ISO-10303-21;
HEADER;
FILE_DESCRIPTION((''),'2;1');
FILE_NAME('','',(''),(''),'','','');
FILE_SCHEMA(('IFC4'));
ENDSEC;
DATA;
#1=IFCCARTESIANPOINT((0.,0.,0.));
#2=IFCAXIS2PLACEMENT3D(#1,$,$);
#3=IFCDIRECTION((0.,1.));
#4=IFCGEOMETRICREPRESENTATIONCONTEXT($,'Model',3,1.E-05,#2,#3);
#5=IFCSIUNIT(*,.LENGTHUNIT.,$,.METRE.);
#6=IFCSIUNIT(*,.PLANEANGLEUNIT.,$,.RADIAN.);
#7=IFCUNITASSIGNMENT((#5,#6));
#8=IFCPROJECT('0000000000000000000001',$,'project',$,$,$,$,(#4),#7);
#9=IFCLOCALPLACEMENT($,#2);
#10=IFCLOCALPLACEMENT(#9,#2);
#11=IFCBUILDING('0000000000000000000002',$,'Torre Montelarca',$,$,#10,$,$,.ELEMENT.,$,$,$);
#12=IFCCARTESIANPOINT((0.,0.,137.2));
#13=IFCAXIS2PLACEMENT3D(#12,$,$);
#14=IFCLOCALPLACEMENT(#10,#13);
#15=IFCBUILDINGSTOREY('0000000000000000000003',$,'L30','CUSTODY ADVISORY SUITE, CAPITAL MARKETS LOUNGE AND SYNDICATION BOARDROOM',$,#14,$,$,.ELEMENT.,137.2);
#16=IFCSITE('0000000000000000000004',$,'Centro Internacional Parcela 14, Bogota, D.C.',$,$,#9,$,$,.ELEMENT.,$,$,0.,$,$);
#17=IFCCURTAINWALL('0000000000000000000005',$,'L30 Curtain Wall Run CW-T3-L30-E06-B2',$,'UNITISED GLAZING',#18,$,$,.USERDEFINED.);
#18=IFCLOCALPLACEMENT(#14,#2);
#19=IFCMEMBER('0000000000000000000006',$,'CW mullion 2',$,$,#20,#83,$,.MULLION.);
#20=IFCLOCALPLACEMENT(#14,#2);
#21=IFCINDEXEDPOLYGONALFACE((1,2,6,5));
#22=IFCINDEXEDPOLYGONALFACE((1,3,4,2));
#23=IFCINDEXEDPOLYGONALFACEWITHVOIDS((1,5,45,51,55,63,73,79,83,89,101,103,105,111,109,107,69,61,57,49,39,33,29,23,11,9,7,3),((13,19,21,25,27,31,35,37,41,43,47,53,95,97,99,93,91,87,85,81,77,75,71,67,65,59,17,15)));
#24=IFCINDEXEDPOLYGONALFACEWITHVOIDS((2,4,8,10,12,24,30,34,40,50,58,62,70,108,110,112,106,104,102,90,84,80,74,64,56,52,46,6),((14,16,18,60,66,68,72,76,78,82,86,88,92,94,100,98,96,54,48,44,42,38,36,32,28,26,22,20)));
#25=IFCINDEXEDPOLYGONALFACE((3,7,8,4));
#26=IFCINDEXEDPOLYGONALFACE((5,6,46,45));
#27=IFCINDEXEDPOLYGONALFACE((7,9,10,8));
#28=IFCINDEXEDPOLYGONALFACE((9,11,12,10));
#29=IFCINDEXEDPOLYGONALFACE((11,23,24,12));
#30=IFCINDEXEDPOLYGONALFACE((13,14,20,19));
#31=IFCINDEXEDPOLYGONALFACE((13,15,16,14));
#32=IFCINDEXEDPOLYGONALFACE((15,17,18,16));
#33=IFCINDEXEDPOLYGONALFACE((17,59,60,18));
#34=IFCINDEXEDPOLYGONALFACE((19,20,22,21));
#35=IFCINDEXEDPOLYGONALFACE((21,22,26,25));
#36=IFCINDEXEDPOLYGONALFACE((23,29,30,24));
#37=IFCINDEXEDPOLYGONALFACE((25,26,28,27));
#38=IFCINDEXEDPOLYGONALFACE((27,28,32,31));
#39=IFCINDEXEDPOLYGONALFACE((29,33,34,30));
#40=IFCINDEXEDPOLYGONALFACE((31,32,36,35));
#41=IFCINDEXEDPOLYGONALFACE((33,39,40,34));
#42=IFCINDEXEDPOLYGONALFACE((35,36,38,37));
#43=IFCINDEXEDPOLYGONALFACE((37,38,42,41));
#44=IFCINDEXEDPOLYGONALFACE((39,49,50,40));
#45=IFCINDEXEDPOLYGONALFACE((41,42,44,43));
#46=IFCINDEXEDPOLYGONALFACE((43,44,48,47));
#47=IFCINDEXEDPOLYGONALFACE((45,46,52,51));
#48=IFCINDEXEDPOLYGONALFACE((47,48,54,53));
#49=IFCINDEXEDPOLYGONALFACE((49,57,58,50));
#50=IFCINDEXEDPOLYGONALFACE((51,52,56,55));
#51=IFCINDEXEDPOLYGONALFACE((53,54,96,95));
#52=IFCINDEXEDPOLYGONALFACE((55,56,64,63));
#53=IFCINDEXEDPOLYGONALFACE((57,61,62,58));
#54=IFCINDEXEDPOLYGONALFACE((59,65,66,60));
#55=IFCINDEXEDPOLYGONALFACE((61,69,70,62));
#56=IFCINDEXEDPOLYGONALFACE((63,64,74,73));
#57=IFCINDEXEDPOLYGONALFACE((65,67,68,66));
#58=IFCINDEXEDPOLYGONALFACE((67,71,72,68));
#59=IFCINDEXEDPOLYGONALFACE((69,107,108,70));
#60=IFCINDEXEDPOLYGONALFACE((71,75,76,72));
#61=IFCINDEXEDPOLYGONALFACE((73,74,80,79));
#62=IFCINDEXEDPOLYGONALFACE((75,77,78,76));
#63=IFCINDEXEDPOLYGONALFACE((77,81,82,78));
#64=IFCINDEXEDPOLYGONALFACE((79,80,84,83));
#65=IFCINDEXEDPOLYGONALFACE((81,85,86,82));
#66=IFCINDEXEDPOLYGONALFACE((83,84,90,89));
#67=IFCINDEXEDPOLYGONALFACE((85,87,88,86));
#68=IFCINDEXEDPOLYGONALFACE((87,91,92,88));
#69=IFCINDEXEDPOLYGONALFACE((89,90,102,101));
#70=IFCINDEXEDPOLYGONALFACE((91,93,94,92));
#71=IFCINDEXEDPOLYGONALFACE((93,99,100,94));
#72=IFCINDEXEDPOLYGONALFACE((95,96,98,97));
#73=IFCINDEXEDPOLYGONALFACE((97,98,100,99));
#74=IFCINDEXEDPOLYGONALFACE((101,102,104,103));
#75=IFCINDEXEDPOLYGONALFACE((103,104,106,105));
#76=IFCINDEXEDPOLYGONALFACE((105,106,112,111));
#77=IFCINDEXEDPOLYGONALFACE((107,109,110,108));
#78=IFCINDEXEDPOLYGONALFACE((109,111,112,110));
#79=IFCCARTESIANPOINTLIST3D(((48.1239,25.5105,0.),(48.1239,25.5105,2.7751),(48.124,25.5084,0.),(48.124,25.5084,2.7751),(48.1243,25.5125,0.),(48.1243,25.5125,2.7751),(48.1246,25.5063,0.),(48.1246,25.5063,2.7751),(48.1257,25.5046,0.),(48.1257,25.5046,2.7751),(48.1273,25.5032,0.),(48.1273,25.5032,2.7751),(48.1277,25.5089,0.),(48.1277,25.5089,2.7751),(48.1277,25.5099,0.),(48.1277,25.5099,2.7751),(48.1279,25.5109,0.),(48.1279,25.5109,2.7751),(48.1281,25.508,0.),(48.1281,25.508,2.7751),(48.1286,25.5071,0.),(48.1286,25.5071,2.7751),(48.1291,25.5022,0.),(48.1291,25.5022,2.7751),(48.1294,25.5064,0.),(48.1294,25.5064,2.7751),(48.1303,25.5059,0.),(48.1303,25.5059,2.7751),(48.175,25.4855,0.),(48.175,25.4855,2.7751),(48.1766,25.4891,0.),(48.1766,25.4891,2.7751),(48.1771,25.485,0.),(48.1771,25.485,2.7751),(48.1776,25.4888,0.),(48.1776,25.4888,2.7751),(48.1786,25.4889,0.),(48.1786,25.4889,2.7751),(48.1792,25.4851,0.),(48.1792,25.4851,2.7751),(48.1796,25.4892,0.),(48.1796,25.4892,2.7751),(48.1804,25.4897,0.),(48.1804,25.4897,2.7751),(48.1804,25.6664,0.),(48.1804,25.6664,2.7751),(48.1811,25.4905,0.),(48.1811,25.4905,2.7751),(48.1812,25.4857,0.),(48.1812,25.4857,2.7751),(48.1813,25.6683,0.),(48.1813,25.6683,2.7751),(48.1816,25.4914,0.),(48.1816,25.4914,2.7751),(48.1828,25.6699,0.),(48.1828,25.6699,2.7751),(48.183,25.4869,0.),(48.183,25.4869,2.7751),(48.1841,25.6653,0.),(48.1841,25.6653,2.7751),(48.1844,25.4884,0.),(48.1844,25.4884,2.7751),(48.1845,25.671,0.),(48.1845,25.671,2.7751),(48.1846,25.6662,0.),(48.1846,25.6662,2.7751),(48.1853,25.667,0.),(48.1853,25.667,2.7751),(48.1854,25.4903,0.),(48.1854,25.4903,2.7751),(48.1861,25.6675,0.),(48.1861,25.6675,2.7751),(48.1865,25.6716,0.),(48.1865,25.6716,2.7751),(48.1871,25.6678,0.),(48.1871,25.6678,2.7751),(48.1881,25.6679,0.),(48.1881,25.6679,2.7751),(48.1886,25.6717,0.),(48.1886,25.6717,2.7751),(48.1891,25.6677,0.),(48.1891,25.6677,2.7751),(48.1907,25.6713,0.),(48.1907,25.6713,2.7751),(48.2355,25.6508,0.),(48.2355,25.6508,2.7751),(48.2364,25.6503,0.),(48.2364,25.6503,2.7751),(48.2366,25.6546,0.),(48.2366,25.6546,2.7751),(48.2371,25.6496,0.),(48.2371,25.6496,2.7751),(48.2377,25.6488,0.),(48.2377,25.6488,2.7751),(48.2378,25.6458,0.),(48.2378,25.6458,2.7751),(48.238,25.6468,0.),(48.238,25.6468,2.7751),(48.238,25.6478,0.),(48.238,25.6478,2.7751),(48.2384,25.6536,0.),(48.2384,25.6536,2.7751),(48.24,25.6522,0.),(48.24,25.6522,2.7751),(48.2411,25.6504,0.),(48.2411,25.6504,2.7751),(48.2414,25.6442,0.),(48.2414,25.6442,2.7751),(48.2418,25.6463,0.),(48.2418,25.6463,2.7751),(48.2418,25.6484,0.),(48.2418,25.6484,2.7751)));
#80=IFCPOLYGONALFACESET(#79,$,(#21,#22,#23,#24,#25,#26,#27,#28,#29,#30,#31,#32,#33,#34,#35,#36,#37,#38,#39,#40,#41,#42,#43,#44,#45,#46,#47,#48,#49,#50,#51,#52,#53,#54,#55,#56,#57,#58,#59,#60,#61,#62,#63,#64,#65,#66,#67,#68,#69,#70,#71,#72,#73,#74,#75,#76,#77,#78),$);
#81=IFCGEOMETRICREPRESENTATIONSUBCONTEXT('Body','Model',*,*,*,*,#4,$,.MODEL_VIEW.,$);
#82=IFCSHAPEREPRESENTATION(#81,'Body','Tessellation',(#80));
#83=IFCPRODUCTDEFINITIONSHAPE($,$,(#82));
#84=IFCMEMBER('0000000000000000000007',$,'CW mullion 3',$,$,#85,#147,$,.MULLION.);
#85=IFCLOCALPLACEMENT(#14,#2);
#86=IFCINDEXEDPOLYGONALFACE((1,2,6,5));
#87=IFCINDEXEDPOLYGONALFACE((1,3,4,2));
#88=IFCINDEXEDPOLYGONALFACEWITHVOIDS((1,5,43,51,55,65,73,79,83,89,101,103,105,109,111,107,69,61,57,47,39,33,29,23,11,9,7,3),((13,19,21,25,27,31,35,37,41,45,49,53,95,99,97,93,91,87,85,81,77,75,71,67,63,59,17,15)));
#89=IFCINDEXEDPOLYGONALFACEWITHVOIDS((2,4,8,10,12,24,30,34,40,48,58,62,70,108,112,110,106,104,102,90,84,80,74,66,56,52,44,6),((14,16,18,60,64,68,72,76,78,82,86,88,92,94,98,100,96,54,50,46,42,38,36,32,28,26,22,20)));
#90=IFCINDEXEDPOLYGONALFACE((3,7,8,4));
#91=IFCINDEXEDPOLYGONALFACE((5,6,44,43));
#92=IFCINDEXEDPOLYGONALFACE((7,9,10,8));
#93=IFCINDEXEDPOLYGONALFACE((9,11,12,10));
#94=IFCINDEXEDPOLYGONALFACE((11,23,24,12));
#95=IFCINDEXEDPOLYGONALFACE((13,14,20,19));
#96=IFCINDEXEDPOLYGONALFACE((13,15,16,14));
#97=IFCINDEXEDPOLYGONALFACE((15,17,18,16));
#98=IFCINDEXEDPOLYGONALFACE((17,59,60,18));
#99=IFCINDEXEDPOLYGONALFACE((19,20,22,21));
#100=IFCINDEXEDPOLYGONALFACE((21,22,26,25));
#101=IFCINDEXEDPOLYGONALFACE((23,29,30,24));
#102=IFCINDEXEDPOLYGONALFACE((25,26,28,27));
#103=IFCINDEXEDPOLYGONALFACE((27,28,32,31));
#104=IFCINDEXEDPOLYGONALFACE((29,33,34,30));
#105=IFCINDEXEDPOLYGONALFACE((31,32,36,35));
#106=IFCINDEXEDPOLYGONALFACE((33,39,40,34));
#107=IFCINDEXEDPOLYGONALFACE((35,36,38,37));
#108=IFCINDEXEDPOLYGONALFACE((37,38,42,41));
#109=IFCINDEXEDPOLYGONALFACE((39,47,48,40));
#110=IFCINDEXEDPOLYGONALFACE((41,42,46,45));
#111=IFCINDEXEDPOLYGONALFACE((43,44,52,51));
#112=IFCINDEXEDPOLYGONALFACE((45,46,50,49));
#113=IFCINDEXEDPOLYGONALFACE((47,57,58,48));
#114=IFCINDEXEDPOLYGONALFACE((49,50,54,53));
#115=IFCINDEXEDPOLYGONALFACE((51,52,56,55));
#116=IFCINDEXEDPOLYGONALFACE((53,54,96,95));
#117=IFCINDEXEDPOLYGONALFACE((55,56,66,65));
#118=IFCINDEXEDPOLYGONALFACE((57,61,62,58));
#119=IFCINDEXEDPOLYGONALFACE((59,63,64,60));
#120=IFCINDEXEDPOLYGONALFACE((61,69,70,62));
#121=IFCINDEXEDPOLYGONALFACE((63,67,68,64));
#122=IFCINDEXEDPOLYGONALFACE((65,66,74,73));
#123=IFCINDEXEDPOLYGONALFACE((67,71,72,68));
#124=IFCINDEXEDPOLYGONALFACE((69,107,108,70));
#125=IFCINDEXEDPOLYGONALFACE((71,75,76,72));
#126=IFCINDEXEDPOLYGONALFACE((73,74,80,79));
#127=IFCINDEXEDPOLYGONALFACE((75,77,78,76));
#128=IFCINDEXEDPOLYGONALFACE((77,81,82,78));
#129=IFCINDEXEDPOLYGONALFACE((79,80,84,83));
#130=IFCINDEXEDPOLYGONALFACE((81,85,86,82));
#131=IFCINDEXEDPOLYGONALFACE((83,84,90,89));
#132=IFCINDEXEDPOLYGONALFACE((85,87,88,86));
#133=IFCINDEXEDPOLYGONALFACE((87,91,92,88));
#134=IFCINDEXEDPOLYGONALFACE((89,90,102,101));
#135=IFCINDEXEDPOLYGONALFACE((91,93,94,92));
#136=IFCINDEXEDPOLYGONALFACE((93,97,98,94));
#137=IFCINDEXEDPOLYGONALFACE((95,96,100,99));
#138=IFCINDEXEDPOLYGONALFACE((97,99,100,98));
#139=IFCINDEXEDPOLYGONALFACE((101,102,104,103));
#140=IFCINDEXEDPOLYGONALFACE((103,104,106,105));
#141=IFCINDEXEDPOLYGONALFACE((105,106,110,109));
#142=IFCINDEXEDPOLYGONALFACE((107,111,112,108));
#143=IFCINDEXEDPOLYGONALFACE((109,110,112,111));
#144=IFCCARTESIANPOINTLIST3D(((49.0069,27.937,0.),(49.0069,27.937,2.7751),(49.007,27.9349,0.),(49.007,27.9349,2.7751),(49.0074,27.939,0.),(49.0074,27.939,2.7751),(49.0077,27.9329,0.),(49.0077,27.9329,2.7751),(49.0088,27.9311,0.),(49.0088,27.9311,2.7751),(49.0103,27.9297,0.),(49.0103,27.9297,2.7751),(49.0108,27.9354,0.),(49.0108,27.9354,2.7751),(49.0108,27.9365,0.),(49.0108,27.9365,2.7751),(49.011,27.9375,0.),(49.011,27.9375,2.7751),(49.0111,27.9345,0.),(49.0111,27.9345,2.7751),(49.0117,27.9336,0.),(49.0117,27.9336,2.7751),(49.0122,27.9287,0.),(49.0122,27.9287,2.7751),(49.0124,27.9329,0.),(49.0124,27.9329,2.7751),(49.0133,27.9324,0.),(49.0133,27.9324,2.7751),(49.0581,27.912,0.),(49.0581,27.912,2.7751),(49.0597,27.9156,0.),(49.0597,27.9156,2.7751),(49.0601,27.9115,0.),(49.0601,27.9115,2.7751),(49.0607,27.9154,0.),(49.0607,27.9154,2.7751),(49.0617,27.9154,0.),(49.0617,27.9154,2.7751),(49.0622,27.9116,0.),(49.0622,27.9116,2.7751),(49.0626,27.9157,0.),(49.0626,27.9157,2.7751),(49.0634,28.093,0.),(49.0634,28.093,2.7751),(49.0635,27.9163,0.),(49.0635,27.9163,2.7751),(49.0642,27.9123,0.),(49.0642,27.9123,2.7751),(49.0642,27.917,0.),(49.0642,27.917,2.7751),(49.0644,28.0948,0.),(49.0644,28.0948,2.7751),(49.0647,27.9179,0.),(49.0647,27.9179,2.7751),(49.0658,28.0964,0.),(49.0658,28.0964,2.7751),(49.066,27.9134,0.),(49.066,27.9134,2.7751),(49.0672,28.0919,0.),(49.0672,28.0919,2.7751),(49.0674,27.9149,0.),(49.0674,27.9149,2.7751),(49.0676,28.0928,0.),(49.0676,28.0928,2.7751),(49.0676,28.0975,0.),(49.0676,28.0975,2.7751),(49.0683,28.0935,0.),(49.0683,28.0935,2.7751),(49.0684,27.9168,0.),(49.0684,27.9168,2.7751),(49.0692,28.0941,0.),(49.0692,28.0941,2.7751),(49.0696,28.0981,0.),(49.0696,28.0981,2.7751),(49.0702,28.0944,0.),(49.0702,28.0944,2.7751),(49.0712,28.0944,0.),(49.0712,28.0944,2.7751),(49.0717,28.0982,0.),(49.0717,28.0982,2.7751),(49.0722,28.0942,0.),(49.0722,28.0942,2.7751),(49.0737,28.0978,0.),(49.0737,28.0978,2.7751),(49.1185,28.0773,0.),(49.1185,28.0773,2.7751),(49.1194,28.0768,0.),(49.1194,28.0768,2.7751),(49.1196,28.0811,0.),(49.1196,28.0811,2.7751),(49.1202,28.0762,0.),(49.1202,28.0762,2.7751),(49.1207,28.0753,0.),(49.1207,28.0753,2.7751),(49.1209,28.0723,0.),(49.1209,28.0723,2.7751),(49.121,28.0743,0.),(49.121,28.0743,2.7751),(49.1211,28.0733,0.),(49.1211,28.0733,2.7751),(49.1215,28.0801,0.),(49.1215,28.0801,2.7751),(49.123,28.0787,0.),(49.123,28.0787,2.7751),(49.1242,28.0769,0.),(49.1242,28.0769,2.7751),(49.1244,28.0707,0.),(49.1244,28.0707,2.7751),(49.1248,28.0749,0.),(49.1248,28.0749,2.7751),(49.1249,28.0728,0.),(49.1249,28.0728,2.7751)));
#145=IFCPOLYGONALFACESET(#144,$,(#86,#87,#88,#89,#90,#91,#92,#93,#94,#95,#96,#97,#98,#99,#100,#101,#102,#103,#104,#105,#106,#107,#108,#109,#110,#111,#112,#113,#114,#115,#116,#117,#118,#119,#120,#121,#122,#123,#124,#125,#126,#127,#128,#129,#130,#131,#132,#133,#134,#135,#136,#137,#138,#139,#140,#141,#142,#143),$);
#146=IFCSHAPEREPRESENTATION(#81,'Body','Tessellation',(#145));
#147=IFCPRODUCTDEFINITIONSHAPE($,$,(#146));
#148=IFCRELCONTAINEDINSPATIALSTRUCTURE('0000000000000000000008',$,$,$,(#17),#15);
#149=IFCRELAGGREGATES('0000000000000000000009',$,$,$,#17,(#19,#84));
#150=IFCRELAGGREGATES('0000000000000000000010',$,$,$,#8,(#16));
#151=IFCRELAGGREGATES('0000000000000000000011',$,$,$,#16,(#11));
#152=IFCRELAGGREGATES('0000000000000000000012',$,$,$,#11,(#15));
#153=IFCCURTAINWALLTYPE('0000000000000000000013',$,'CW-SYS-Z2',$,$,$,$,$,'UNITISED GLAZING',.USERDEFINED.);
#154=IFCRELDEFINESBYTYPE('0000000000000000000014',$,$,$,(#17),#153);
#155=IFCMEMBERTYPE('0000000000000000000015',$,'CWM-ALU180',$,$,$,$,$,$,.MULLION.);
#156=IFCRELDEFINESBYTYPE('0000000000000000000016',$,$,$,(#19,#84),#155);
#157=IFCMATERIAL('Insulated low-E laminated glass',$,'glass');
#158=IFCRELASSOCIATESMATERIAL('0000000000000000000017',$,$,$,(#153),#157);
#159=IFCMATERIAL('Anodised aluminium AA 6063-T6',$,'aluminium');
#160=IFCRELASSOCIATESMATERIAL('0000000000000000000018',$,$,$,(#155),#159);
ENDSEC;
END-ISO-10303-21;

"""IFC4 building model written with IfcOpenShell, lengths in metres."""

from ifc_helpers import new_model, si_unit, direction, frame, origin, origin_2d, place, context, subcontext, project, spatial, hollow_rectangle, extrude, source, transform, mapped, material, material_profile, profile_set, type_object, element, aggregate, save


model = new_model("IFC4")

# Units and contexts
model_context = context("Model", 3, precision=1e-05, world=origin(), true_north=direction((0.0, 1.0)))
body_context = subcontext(model_context, "Body", "Model", "MODEL_VIEW")
ifc_project = project(units=[si_unit("LENGTHUNIT", "METRE"), si_unit("PLANEANGLEUNIT", "RADIAN")], contexts=[model_context])

# Site, building, storey
site_placement = place(None, origin())
site = spatial("IfcSite", under=ifc_project, at=site_placement, Name="Centro Internacional Parcela 14, Bogota, D.C.", CompositionType="ELEMENT", RefElevation=0.0)
building_placement = place(site_placement, origin())
building = spatial("IfcBuilding", under=site, at=building_placement, Name="Torre Montelarca", CompositionType="ELEMENT")
storey_placement = place(building_placement, frame((0.0, 0.0, 137.2)))
storey = spatial("IfcBuildingStorey", under=building, at=storey_placement, Name="L30", Description="CUSTODY ADVISORY SUITE, CAPITAL MARKETS LOUNGE AND SYNDICATION BOARDROOM", CompositionType="ELEMENT", Elevation=137.2)

# Curtain wall, members
ifc_material_1 = material(Name="Insulated low-E laminated glass", Category="glass")
curtain_wall_type = type_object("IfcCurtainWallType", Name="CW-SYS-Z2", ElementType="UNITISED GLAZING", PredefinedType="USERDEFINED", material=ifc_material_1)
ifc_material_2 = material(Name="Anodised aluminium AA 6063-T6", Category="aluminium")
curtain_wall_1_placement = place(storey_placement, origin())
curtain_wall_1 = element("IfcCurtainWall", 1, at=curtain_wall_1_placement, inside=storey, type_object=curtain_wall_type, Name="L30 Curtain Wall Run CW-T3-L30-E06-B2", ObjectType="UNITISED GLAZING", PredefinedType="USERDEFINED")
ifc_material_profile_1 = material_profile(ifc_material_2, hollow_rectangle(XDim=0.0649, YDim=0.1799, WallThickness=0.0039, InnerFilletRadius=0.0039, OuterFilletRadius=0.0081, at=origin_2d()), Name="ALU65X180X4", Category="aluminium")
ifc_profile_set_1 = profile_set([ifc_material_profile_1], Name="Anodised aluminium AA 6063-T6")
member_type_1 = type_object("IfcMemberType", Name="CWM-ALU180", PredefinedType="MULLION", material=ifc_profile_set_1)
shared_shape_1 = source(origin(), body_context, "Body", "SweptSolid", [
    extrude(hollow_rectangle(XDim=0.0649, YDim=0.1799, WallThickness=0.0039, InnerFilletRadius=0.0039, OuterFilletRadius=0.0081, at=origin_2d()), origin(), (0.0, 0.0, 1.0), 2.7751),
])
member_1_placement = place(storey_placement, frame((48.1829, 25.5784, 0.0), z_axis=(0.0, 0.0, 1.0), x_axis=(-0.939692, 0.342022, 0.0)))
member_1 = element("IfcMember", 2, at=member_1_placement, type_object=member_type_1, Name="CW mullion 2", PredefinedType="MULLION", context=body_context, shape_type="MappedRepresentation", body=[
    mapped(shared_shape_1, transform((0.0, 0.0, 0.0), scale=1.0)),
])
member_2_placement = place(storey_placement, frame((49.0659, 28.0049, 0.0), z_axis=(0.0, 0.0, 1.0), x_axis=(-0.939692, 0.342022, 0.0)))
member_2 = element("IfcMember", 3, at=member_2_placement, type_object=member_type_1, Name="CW mullion 3", PredefinedType="MULLION", context=body_context, shape_type="MappedRepresentation", body=[
    mapped(shared_shape_1, transform((0.0, 0.0, 0.0), scale=1.0)),
])

aggregate(curtain_wall_1, [member_1, member_2])

save(model, "model.ifc")
